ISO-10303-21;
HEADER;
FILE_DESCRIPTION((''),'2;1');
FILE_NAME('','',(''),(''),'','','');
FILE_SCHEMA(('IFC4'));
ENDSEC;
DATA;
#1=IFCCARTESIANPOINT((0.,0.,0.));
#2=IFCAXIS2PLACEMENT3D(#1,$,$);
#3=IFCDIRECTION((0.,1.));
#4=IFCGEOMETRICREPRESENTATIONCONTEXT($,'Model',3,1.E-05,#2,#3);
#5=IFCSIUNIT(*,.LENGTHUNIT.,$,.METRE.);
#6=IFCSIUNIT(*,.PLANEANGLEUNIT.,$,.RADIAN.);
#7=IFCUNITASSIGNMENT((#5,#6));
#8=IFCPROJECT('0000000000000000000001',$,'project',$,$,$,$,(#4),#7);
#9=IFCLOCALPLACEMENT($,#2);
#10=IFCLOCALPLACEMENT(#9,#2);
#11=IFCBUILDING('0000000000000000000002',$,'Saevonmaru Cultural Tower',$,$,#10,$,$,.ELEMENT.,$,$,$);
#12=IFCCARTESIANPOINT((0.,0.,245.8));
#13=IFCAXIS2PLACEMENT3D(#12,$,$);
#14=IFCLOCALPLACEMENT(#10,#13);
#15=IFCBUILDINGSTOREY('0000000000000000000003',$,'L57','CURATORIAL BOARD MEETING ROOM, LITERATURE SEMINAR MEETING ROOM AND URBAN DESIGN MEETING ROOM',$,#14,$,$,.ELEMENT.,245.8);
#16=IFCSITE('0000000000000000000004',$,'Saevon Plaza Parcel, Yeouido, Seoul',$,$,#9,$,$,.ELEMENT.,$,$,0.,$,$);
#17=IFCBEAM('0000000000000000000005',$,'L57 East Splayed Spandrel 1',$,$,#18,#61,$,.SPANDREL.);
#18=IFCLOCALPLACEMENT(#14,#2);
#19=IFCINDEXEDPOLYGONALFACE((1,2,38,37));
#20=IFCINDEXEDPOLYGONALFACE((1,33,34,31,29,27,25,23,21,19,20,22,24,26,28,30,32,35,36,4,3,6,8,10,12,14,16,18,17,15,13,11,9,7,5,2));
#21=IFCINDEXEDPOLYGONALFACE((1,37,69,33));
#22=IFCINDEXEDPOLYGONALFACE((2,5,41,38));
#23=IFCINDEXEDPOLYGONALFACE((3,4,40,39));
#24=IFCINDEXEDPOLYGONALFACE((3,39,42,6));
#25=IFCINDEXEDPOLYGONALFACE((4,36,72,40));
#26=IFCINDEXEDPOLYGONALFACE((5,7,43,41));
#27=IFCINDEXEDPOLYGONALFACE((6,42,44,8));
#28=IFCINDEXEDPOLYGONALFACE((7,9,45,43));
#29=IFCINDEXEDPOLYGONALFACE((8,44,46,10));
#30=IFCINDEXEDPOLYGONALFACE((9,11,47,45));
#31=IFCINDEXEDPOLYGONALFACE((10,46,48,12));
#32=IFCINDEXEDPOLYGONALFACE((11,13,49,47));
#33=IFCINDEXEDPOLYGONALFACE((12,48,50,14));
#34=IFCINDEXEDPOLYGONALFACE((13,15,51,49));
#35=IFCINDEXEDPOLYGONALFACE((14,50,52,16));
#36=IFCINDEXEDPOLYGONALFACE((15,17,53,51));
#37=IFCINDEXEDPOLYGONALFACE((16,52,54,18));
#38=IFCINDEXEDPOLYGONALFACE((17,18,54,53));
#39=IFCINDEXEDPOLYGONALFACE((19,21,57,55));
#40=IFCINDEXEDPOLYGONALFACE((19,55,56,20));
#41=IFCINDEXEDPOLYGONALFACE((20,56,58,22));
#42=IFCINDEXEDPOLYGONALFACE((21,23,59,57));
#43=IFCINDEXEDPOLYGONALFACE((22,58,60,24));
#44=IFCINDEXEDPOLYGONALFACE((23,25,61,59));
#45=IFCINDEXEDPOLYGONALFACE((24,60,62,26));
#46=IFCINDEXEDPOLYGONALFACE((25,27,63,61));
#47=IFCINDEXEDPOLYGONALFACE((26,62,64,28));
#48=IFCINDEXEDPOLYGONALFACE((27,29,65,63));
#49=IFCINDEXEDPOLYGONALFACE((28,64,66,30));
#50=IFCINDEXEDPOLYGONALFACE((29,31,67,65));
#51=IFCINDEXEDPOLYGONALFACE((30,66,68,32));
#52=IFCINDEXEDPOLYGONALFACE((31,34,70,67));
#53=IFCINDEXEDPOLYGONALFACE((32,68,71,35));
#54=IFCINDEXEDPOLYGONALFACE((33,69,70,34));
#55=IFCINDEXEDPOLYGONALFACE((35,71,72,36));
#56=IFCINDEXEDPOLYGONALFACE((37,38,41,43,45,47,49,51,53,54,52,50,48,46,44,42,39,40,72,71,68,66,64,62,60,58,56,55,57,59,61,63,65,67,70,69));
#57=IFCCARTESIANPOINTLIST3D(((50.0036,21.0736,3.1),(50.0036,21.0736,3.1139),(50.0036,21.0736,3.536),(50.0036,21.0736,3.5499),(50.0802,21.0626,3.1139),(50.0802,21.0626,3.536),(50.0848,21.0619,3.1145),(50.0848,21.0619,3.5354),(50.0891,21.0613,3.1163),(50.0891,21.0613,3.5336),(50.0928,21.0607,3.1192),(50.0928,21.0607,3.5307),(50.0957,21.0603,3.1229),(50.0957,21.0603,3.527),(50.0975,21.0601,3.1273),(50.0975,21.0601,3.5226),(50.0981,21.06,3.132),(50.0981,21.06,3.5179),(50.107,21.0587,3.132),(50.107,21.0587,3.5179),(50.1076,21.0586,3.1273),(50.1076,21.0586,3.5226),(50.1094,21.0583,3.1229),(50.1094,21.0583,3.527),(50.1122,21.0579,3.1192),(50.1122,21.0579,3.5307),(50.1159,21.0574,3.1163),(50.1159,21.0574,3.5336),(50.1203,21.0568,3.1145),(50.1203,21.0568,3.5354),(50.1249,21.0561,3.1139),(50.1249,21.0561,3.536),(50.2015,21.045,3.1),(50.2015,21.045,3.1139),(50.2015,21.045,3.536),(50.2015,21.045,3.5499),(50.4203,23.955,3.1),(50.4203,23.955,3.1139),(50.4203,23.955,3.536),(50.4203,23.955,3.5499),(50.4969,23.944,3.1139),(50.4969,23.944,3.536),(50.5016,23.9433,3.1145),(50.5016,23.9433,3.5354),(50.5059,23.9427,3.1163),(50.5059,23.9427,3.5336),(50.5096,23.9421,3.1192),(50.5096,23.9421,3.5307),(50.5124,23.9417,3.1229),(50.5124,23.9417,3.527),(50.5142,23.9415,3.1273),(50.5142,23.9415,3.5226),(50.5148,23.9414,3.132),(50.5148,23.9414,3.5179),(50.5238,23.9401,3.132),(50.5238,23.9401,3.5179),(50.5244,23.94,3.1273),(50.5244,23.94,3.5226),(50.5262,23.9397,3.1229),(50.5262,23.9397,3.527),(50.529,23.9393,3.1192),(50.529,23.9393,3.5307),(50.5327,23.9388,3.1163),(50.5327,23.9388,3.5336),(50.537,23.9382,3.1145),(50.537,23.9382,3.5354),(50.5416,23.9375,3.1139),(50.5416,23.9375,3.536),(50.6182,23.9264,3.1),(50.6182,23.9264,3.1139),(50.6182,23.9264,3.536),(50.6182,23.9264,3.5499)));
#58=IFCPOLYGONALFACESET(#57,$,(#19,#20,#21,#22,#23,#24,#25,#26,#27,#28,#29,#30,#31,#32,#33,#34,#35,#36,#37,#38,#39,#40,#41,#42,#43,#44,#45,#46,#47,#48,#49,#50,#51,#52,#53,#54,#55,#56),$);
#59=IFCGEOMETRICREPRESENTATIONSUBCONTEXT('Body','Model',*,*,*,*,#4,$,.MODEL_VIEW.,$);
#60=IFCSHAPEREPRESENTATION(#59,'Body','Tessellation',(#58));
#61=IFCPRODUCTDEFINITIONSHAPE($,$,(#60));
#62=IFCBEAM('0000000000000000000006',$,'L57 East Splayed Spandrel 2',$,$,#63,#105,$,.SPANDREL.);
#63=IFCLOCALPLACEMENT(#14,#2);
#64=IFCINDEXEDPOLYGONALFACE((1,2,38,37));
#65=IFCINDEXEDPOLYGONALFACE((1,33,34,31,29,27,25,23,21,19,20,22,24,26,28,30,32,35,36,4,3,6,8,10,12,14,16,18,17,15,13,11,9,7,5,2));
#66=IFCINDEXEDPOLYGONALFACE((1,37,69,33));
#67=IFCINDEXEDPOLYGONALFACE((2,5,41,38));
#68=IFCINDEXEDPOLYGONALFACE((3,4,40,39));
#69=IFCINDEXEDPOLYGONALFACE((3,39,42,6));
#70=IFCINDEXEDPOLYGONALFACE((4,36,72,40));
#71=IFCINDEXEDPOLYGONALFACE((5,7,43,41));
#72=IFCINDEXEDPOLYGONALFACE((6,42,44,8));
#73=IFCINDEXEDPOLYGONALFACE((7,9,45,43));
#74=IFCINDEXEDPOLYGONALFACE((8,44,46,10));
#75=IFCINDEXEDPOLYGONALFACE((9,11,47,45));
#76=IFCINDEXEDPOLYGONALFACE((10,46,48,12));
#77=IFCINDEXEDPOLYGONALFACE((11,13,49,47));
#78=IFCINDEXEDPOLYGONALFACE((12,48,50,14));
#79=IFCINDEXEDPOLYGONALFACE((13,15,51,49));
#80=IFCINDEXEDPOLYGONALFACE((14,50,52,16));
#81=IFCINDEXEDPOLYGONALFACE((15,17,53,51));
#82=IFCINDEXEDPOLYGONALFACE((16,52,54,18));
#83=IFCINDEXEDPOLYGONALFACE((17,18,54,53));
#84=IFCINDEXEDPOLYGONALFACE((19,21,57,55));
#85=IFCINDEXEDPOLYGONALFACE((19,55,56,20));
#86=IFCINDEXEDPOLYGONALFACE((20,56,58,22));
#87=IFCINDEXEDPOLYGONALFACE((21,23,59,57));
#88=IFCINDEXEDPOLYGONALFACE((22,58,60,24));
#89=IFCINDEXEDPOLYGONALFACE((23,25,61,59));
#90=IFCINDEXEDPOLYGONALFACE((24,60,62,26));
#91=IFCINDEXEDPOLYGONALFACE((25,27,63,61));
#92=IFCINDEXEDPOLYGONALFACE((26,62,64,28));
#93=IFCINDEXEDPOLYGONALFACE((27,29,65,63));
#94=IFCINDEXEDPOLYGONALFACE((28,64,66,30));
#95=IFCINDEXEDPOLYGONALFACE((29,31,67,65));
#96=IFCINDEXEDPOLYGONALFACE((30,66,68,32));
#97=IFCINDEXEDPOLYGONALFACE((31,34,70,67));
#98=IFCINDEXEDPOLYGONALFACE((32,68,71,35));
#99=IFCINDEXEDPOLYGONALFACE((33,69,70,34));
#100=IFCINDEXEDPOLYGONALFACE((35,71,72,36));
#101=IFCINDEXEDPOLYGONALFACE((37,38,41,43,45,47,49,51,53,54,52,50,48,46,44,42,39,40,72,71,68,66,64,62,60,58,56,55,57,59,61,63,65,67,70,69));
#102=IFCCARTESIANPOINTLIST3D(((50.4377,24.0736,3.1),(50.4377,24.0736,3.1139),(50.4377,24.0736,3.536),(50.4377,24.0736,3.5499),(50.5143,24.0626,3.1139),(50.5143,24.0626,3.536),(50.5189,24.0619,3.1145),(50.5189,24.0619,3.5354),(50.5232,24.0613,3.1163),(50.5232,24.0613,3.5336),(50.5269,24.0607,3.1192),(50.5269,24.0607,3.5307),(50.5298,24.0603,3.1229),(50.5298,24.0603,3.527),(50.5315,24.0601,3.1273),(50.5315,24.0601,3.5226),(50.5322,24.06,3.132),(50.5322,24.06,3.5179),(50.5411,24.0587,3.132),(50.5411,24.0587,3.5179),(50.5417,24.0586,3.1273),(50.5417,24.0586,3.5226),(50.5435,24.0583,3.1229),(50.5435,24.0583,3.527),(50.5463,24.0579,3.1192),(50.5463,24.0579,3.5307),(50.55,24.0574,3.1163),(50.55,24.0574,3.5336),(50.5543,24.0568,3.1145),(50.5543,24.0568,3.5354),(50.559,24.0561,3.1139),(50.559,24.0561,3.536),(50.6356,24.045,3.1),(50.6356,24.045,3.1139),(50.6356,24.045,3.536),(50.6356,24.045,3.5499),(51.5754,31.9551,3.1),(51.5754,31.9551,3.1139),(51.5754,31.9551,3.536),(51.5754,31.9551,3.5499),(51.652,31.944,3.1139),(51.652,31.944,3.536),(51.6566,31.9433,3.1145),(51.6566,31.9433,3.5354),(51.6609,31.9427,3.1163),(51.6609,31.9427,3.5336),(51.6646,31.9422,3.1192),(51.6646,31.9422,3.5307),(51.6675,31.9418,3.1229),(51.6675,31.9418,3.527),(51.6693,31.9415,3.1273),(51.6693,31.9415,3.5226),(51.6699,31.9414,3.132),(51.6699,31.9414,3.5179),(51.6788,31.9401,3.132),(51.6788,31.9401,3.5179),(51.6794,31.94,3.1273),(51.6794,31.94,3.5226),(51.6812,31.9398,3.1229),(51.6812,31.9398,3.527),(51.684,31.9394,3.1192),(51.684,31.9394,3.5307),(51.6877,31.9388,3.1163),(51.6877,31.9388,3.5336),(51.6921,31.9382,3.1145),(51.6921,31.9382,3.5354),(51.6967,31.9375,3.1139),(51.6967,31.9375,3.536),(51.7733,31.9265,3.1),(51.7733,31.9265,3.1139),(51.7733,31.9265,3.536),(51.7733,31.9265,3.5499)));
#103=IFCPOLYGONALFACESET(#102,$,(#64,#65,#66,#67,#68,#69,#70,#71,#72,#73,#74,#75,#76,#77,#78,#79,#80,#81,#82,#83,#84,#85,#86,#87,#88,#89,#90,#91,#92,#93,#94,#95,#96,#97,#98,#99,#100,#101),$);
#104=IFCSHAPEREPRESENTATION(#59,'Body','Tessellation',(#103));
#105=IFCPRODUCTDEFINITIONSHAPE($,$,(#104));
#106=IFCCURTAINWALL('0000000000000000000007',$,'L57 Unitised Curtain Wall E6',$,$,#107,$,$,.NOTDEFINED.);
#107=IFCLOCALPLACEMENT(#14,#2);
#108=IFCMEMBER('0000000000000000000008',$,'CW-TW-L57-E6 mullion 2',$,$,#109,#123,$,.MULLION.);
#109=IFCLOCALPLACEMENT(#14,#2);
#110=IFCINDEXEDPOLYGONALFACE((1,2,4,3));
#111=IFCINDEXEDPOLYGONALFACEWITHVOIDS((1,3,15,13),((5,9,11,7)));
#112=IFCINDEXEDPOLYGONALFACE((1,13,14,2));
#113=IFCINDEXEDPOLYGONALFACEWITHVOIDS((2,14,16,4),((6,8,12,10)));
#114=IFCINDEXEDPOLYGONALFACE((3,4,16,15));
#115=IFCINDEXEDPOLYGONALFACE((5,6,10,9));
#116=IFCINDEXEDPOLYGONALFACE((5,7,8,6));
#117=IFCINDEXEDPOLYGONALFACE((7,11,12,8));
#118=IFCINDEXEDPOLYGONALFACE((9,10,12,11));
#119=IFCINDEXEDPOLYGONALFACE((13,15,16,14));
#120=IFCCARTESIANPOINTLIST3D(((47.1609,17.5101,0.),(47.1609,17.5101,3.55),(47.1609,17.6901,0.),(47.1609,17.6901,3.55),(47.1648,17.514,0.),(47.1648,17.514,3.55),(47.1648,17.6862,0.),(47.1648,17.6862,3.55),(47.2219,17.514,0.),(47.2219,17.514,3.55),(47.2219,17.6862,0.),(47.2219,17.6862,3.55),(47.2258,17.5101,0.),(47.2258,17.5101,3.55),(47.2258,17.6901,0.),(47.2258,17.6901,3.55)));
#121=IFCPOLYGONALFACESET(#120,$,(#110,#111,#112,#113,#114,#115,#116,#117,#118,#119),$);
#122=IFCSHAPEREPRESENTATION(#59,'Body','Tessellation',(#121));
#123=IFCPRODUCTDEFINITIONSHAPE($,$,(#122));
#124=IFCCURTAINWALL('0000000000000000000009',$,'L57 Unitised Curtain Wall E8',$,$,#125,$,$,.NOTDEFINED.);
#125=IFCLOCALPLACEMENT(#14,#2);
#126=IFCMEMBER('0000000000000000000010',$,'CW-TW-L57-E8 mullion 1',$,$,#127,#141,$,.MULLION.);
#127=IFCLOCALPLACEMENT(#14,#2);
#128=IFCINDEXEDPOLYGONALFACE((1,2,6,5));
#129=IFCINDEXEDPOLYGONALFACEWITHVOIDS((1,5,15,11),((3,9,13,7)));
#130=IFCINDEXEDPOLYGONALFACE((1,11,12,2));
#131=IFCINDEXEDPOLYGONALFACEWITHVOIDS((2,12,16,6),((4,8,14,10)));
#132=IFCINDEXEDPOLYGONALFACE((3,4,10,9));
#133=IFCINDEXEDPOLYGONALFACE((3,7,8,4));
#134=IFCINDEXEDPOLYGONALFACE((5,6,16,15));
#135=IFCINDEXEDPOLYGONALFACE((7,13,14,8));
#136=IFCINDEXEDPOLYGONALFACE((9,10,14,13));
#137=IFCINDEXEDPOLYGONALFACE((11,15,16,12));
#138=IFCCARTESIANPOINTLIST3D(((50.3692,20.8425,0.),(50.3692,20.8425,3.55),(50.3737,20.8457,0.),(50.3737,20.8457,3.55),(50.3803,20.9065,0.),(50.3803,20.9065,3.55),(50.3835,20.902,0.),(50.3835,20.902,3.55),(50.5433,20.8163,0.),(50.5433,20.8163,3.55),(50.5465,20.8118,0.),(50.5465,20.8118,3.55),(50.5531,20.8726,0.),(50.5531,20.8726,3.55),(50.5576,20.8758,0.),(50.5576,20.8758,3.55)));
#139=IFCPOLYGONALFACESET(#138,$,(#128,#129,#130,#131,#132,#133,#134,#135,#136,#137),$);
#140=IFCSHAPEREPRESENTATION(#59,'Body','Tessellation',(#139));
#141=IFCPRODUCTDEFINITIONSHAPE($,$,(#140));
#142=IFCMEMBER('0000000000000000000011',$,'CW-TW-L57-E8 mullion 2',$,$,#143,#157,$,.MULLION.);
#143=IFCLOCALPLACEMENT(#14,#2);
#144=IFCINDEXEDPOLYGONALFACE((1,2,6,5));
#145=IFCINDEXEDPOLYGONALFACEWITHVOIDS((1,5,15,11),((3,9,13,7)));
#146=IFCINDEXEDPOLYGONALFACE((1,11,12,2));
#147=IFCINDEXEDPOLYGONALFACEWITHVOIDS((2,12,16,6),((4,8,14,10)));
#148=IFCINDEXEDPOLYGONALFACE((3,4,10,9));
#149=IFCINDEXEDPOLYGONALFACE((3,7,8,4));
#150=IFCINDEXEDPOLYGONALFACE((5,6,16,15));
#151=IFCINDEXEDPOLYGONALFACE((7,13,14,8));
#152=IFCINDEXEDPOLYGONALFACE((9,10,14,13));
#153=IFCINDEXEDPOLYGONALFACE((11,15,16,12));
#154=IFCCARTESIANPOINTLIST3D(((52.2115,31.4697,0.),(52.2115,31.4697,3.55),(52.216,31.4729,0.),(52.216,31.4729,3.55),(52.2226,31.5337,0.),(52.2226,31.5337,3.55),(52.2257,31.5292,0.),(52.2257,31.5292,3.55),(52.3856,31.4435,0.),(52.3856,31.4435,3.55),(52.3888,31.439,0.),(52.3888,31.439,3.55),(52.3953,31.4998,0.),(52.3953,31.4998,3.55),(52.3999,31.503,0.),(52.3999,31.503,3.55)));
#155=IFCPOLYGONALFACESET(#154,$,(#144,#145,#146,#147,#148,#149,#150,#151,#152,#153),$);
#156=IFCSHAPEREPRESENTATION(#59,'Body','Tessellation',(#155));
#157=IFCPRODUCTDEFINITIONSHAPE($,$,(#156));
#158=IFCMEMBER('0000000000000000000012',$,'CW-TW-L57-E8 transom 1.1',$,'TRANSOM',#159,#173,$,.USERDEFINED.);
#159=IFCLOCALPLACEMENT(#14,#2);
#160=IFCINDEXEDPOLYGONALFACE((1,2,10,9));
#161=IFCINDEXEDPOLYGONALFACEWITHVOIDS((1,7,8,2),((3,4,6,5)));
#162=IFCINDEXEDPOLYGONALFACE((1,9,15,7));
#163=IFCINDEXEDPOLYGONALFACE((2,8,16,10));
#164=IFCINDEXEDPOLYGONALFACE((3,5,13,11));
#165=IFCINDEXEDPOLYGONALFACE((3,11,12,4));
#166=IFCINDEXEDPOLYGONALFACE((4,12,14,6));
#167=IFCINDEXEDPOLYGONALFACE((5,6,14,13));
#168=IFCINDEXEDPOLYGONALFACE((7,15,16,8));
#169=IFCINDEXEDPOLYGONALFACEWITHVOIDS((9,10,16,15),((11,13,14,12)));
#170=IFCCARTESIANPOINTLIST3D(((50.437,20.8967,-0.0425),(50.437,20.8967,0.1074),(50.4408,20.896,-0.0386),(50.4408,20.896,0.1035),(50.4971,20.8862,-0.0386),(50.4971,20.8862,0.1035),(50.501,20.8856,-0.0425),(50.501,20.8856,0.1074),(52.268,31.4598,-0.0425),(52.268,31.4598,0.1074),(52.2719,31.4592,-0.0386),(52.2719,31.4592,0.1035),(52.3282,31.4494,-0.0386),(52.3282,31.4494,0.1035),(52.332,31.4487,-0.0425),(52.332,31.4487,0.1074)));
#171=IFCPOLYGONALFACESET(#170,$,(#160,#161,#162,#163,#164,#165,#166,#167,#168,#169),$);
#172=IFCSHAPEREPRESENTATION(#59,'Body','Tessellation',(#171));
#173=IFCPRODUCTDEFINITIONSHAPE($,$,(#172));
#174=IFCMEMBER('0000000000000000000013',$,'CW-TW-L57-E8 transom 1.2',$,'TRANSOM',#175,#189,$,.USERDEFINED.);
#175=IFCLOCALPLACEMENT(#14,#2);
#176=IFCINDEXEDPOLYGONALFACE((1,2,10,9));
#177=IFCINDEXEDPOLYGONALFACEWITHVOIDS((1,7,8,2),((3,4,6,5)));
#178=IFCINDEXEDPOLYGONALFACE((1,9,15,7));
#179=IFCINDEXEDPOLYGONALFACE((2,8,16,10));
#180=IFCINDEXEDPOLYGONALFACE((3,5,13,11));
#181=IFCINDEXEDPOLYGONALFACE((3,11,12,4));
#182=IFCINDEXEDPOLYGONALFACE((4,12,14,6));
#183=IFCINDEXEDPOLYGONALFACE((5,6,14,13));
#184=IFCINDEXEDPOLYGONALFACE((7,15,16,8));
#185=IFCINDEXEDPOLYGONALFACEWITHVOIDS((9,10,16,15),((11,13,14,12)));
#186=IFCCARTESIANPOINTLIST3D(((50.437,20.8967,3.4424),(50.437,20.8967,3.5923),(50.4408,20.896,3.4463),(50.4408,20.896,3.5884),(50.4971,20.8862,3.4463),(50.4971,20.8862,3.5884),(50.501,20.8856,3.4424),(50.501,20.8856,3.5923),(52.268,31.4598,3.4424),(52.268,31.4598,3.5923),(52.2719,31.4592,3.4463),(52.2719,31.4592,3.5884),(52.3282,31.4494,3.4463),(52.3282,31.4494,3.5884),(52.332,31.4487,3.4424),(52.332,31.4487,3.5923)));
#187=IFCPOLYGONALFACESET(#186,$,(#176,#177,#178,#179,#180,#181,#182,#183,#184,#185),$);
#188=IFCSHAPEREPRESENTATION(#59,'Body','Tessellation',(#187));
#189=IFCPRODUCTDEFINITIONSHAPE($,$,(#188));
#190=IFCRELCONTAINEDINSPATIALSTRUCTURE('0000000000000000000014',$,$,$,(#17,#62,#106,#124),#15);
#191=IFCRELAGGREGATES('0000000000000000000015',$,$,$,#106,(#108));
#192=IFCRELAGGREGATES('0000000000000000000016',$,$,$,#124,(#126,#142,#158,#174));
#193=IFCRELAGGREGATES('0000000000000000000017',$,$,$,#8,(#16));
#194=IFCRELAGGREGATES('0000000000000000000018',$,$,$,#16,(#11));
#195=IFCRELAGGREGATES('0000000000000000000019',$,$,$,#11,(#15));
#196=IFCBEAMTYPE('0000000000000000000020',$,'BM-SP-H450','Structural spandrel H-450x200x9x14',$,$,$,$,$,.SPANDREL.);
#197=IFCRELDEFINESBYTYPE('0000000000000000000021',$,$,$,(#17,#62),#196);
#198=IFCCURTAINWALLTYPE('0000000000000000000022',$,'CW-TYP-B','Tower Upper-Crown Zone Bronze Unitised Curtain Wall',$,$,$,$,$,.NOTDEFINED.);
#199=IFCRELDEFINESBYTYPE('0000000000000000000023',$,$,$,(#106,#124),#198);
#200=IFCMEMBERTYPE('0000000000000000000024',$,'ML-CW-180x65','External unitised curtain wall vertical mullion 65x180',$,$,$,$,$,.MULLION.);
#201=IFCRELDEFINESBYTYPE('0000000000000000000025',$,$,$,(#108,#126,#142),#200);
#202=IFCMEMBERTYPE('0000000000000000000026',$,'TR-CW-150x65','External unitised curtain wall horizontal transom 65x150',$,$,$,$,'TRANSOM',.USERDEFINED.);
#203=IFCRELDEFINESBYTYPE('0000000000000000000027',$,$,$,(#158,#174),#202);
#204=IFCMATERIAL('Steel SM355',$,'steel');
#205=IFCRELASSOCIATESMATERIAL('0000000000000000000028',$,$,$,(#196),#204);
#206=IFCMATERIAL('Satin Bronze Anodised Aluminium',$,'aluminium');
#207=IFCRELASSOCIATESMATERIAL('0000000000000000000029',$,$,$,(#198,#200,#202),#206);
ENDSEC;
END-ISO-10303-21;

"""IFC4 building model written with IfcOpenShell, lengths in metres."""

from ifc_helpers import new_model, si_unit, direction, frame, origin, origin_2d, place, context, subcontext, project, spatial, hollow_rectangle, i_section, extrude, material, material_profile, profile_set, type_object, element, aggregate, save


model = new_model("IFC4")

# Units and contexts
model_context = context("Model", 3, precision=1e-05, world=origin(), true_north=direction((0.0, 1.0)))
body_context = subcontext(model_context, "Body", "Model", "MODEL_VIEW")
ifc_project = project(units=[si_unit("LENGTHUNIT", "METRE"), si_unit("PLANEANGLEUNIT", "RADIAN")], contexts=[model_context])

# Site, building, storey
site_placement = place(None, origin())
site = spatial("IfcSite", under=ifc_project, at=site_placement, Name="Saevon Plaza Parcel, Yeouido, Seoul", CompositionType="ELEMENT", RefElevation=0.0)
building_placement = place(site_placement, origin())
building = spatial("IfcBuilding", under=site, at=building_placement, Name="Saevonmaru Cultural Tower", CompositionType="ELEMENT")
storey_placement = place(building_placement, frame((0.0, 0.0, 245.8)))
storey = spatial("IfcBuildingStorey", under=building, at=storey_placement, Name="L57", Description="CURATORIAL BOARD MEETING ROOM, LITERATURE SEMINAR MEETING ROOM AND URBAN DESIGN MEETING ROOM", CompositionType="ELEMENT", Elevation=245.8)

# Shared definitions
ifc_material_1 = material(Name="Steel SM355", Category="steel")

# Beams
ifc_material_profile_1 = material_profile(ifc_material_1, i_section(OverallWidth=0.2, OverallDepth=0.45, WebThickness=0.009, FlangeThickness=0.0139, FilletRadius=0.0181, at=origin_2d()), Name="H-450x200x9x14")
ifc_profile_set_1 = profile_set([ifc_material_profile_1], Name="Steel SM355")
beam_type_1 = type_object("IfcBeamType", Name="BM-SP-H450", Description="Structural spandrel H-450x200x9x14", PredefinedType="SPANDREL", material=ifc_profile_set_1)
beam_1_placement = place(storey_placement, frame((50.1025, 21.0593, 3.325), z_axis=(0.143147, 0.989701, 0.0), x_axis=(-0.989701, 0.143147, 0.0)))
element("IfcBeam", 1, at=beam_1_placement, inside=storey, type_object=beam_type_1, Name="L57 East Splayed Spandrel 1", PredefinedType="SPANDREL", context=body_context, shape_type="SweptSolid", body=[
    extrude(i_section(OverallWidth=0.2, OverallDepth=0.45, WebThickness=0.009, FlangeThickness=0.0139, FilletRadius=0.0181, at=origin_2d()), origin(), (0.0, 0.0, 1.0), 2.9114),
])
beam_2_placement = place(storey_placement, frame((50.5366, 24.0593, 3.325), z_axis=(0.142872, 0.989741, 0.0), x_axis=(-0.989741, 0.142872, 0.0)))
element("IfcBeam", 2, at=beam_2_placement, inside=storey, type_object=beam_type_1, Name="L57 East Splayed Spandrel 2", PredefinedType="SPANDREL", context=body_context, shape_type="SweptSolid", body=[
    extrude(i_section(OverallWidth=0.2, OverallDepth=0.45, WebThickness=0.009, FlangeThickness=0.0139, FilletRadius=0.0181, at=origin_2d()), origin(), (0.0, 0.0, 1.0), 7.9631),
])

# Curtain wall, member
ifc_material_2 = material(Name="Satin Bronze Anodised Aluminium", Category="aluminium")
curtain_wall_type = type_object("IfcCurtainWallType", Name="CW-TYP-B", Description="Tower Upper-Crown Zone Bronze Unitised Curtain Wall", PredefinedType="NOTDEFINED", material=ifc_material_2)
curtain_wall_1_placement = place(storey_placement, origin())
curtain_wall_1 = element("IfcCurtainWall", 3, at=curtain_wall_1_placement, inside=storey, type_object=curtain_wall_type, Name="L57 Unitised Curtain Wall E6", PredefinedType="NOTDEFINED")
ifc_material_profile_2 = material_profile(ifc_material_2, hollow_rectangle(XDim=0.0649, YDim=0.1799, WallThickness=0.0039, at=origin_2d()), Name="ALU-MULL-180x65x4")
ifc_profile_set_2 = profile_set([ifc_material_profile_2], Name="Satin Bronze Anodised Aluminium")
member_type_1 = type_object("IfcMemberType", Name="ML-CW-180x65", Description="External unitised curtain wall vertical mullion 65x180", PredefinedType="MULLION", material=ifc_profile_set_2)
member_1_placement = place(storey_placement, frame((47.1934, 17.6001, 0.0), z_axis=(0.0, 0.0, 1.0), x_axis=(1.0, 0.0, 0.0)))
member_1 = element("IfcMember", 4, at=member_1_placement, type_object=member_type_1, Name="CW-TW-L57-E6 mullion 2", PredefinedType="MULLION", context=body_context, shape_type="SweptSolid", body=[
    extrude(hollow_rectangle(XDim=0.0649, YDim=0.1799, WallThickness=0.0039, at=origin_2d()), origin(), (0.0, 0.0, 1.0), 3.55),
])

# Curtain wall, members
curtain_wall_2_placement = place(storey_placement, origin())
curtain_wall_2 = element("IfcCurtainWall", 5, at=curtain_wall_2_placement, inside=storey, type_object=curtain_wall_type, Name="L57 Unitised Curtain Wall E8", PredefinedType="NOTDEFINED")
member_2_placement = place(storey_placement, frame((50.4634, 20.8591, 0.0), z_axis=(0.0, 0.0, 1.0), x_axis=(0.17079, 0.985307, 0.0)))
member_2 = element("IfcMember", 6, at=member_2_placement, type_object=member_type_1, Name="CW-TW-L57-E8 mullion 1", PredefinedType="MULLION", context=body_context, shape_type="SweptSolid", body=[
    extrude(hollow_rectangle(XDim=0.0649, YDim=0.1799, WallThickness=0.0039, at=origin_2d()), origin(), (0.0, 0.0, 1.0), 3.55),
])
member_3_placement = place(storey_placement, frame((52.3057, 31.4863, 0.0), z_axis=(0.0, 0.0, 1.0), x_axis=(0.17079, 0.985307, 0.0)))
member_3 = element("IfcMember", 7, at=member_3_placement, type_object=member_type_1, Name="CW-TW-L57-E8 mullion 2", PredefinedType="MULLION", context=body_context, shape_type="SweptSolid", body=[
    extrude(hollow_rectangle(XDim=0.0649, YDim=0.1799, WallThickness=0.0039, at=origin_2d()), origin(), (0.0, 0.0, 1.0), 3.55),
])
ifc_material_profile_3 = material_profile(ifc_material_2, hollow_rectangle(XDim=0.0649, YDim=0.1499, WallThickness=0.0039, at=origin_2d()), Name="ALU-TRAN-150x65x4")
ifc_profile_set_3 = profile_set([ifc_material_profile_3], Name="Satin Bronze Anodised Aluminium")
member_type_2 = type_object("IfcMemberType", Name="TR-CW-150x65", Description="External unitised curtain wall horizontal transom 65x150", ElementType="TRANSOM", PredefinedType="USERDEFINED", material=ifc_profile_set_3)
member_4_placement = place(storey_placement, frame((50.469, 20.8911, 0.0325), z_axis=(0.170795, 0.985307, 0.0), x_axis=(-0.985307, 0.170795, 0.0)))
member_4 = element("IfcMember", 8, at=member_4_placement, type_object=member_type_2, Name="CW-TW-L57-E8 transom 1.1", ObjectType="TRANSOM", PredefinedType="USERDEFINED", context=body_context, shape_type="SweptSolid", body=[
    extrude(hollow_rectangle(XDim=0.0649, YDim=0.1499, WallThickness=0.0039, at=origin_2d()), origin(), (0.0, 0.0, 1.0), 10.7207),
])
member_5_placement = place(storey_placement, frame((50.469, 20.8911, 3.5173), z_axis=(0.170795, 0.985307, 0.0), x_axis=(-0.985307, 0.170795, 0.0)))
member_5 = element("IfcMember", 9, at=member_5_placement, type_object=member_type_2, Name="CW-TW-L57-E8 transom 1.2", ObjectType="TRANSOM", PredefinedType="USERDEFINED", context=body_context, shape_type="SweptSolid", body=[
    extrude(hollow_rectangle(XDim=0.0649, YDim=0.1499, WallThickness=0.0039, at=origin_2d()), origin(), (0.0, 0.0, 1.0), 10.7207),
])

aggregate(curtain_wall_1, [member_1])
aggregate(curtain_wall_2, [member_2, member_3, member_4, member_5])

save(model, "model.ifc")
